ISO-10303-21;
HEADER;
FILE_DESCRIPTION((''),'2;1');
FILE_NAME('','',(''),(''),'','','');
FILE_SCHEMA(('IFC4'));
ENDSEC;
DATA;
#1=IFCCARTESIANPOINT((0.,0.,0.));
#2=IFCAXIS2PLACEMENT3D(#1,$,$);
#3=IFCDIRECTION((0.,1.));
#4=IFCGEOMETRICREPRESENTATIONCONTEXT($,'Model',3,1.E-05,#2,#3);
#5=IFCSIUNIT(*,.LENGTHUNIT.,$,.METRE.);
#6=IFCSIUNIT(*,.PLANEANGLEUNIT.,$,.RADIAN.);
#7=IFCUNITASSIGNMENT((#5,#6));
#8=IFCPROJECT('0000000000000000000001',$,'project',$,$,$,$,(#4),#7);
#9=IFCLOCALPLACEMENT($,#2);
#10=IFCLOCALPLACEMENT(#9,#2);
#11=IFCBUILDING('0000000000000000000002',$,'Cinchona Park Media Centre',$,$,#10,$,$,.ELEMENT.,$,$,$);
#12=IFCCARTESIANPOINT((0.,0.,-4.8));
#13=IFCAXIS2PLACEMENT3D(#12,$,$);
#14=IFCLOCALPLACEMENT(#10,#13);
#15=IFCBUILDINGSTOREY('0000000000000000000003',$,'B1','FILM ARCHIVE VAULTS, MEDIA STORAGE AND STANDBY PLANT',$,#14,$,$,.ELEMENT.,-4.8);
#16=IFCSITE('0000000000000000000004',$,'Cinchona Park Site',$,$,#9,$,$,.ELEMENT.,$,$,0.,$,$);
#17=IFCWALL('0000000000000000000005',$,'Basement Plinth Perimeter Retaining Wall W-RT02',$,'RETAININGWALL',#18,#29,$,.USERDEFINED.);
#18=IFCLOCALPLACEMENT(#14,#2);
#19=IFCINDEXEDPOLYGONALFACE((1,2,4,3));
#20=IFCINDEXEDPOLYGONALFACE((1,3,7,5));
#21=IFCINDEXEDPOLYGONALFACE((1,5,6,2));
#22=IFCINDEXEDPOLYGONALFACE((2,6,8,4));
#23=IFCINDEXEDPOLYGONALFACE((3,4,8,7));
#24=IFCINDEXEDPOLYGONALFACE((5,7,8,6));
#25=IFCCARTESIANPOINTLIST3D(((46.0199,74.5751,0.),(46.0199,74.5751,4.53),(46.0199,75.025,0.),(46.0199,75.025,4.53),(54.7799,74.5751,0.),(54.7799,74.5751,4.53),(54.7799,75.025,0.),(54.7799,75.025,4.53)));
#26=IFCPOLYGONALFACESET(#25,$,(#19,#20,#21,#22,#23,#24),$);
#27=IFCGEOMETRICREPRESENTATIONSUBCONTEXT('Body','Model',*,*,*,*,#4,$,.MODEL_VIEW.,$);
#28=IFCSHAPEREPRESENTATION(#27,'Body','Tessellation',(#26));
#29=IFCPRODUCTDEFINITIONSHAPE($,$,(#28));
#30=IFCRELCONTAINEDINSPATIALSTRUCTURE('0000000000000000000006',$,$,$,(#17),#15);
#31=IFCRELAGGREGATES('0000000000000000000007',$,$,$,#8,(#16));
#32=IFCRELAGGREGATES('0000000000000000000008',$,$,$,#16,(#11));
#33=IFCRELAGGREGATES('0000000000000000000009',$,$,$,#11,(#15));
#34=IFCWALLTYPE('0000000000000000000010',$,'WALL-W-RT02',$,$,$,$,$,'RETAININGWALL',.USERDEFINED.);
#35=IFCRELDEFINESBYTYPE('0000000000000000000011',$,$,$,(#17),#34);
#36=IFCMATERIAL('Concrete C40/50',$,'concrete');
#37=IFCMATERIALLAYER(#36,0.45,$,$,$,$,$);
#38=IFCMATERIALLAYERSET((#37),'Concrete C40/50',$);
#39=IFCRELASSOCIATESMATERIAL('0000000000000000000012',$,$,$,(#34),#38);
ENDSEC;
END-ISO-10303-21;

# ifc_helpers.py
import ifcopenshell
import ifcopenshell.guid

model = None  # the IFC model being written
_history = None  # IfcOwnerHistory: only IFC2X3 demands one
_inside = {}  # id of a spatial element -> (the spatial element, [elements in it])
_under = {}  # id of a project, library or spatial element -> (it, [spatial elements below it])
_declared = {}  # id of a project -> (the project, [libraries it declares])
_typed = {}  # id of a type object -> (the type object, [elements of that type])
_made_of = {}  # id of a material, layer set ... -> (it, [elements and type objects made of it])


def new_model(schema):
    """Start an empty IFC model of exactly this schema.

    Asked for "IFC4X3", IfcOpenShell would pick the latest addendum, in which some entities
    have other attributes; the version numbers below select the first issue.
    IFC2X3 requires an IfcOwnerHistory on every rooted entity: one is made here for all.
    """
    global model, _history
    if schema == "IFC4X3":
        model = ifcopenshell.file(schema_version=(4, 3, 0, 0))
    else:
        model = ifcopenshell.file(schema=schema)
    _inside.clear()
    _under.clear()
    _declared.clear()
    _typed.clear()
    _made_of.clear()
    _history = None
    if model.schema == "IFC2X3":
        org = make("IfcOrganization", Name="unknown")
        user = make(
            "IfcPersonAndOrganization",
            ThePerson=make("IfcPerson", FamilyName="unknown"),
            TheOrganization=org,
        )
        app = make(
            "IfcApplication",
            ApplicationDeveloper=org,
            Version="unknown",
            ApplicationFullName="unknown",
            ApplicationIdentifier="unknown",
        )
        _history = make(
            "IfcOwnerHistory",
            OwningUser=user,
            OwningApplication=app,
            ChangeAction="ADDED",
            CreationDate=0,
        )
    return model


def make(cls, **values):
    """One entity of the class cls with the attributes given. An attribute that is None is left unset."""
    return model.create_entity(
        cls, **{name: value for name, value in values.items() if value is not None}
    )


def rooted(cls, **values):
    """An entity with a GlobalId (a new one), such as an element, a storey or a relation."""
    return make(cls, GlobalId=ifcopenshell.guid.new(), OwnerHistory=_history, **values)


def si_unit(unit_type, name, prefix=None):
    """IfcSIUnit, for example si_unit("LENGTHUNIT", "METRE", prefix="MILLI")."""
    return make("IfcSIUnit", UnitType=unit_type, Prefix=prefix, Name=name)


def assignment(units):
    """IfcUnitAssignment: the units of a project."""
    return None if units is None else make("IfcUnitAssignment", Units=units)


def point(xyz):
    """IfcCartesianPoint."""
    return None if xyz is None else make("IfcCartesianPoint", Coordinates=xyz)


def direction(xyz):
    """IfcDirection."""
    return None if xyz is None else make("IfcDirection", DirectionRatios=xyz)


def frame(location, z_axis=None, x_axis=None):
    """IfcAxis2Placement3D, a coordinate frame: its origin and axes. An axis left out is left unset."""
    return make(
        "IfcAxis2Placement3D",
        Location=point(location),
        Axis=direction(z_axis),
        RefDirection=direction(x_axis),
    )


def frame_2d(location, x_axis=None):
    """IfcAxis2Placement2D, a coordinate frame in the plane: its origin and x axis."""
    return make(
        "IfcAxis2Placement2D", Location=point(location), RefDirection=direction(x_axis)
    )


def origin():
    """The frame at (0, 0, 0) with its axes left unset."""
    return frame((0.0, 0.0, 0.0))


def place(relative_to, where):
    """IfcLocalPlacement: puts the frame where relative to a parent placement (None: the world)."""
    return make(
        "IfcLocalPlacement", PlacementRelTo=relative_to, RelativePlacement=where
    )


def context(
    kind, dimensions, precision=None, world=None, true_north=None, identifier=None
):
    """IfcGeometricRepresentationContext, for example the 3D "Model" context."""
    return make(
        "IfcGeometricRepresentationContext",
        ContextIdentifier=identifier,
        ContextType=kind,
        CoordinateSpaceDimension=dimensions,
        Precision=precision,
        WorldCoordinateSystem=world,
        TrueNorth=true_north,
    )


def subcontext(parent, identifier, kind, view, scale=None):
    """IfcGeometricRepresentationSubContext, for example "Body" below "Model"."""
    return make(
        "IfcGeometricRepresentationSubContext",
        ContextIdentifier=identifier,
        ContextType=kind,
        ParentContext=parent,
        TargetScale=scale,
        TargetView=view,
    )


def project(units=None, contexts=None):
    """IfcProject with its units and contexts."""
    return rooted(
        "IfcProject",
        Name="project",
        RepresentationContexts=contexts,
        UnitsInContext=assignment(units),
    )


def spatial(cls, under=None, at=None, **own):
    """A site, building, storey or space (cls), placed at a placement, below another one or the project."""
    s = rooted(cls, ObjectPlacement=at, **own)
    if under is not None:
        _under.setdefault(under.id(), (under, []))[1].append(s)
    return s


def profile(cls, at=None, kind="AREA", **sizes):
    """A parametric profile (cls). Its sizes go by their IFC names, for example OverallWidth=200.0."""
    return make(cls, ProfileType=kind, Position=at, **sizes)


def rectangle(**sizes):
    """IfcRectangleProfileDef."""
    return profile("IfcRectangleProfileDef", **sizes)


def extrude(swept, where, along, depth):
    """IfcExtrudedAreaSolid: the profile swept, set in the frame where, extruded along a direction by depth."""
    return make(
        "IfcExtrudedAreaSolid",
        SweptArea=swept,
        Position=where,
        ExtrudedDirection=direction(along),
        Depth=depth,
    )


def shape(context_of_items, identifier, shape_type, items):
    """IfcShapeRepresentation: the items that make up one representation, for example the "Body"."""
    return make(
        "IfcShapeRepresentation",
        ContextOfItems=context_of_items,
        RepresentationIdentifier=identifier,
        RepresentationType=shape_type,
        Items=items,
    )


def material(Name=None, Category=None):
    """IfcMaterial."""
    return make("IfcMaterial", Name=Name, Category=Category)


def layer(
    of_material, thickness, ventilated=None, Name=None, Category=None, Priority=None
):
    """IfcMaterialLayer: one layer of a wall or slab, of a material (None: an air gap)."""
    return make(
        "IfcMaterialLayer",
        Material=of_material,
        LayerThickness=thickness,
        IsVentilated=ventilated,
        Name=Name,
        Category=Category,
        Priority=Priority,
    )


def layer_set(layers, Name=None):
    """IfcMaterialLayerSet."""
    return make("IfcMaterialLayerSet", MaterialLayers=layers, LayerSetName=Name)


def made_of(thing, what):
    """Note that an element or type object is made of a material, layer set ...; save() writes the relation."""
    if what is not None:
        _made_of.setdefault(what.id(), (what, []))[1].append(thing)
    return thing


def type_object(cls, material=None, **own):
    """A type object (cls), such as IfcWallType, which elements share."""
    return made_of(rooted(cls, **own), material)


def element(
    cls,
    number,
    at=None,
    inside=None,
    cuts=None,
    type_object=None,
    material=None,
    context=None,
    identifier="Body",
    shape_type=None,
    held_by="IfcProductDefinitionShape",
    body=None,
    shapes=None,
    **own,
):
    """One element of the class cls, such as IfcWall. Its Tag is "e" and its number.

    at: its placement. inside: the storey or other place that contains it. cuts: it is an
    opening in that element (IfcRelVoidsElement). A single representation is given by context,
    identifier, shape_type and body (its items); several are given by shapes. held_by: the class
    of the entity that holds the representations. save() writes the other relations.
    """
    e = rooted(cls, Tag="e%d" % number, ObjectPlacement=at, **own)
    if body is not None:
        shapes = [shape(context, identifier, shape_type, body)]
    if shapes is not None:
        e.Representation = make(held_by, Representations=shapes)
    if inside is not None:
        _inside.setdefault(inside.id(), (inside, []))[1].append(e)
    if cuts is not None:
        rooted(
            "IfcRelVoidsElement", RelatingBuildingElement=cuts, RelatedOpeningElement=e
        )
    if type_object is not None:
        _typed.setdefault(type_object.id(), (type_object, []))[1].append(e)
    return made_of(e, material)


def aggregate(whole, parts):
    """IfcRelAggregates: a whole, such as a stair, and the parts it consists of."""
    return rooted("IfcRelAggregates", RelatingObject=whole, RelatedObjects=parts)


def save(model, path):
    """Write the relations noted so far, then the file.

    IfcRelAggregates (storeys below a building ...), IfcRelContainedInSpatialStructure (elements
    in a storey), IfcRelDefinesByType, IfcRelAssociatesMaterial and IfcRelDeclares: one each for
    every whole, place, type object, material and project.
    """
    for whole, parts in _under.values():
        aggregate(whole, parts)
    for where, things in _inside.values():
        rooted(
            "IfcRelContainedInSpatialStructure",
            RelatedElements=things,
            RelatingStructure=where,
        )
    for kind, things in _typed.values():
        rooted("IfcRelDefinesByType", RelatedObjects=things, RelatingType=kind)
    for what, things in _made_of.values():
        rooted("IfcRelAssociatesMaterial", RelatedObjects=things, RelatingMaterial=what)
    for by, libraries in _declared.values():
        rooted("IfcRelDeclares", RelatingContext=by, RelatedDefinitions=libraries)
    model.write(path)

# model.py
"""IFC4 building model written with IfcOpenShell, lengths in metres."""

from ifc_helpers import new_model, si_unit, direction, frame, frame_2d, origin, place, context, subcontext, project, spatial, rectangle, extrude, material, layer, layer_set, type_object, element, save


model = new_model("IFC4")

# Units and contexts
model_context = context("Model", 3, precision=1e-05, world=origin(), true_north=direction((0.0, 1.0)))
body_context = subcontext(model_context, "Body", "Model", "MODEL_VIEW")
ifc_project = project(units=[si_unit("LENGTHUNIT", "METRE"), si_unit("PLANEANGLEUNIT", "RADIAN")], contexts=[model_context])

# Site, building, storey
site_placement = place(None, origin())
site = spatial("IfcSite", under=ifc_project, at=site_placement, Name="Cinchona Park Site", CompositionType="ELEMENT", RefElevation=0.0)
building_placement = place(site_placement, origin())
building = spatial("IfcBuilding", under=site, at=building_placement, Name="Cinchona Park Media Centre", CompositionType="ELEMENT")
storey_placement = place(building_placement, frame((0.0, 0.0, -4.8)))
storey = spatial("IfcBuildingStorey", under=building, at=storey_placement, Name="B1", Description="FILM ARCHIVE VAULTS, MEDIA STORAGE AND STANDBY PLANT", CompositionType="ELEMENT", Elevation=-4.8)

# Wall
ifc_material_1 = material(Name="Concrete C40/50", Category="concrete")
ifc_layer_1 = layer(ifc_material_1, 0.45)
ifc_layer_set_1 = layer_set([ifc_layer_1], Name="Concrete C40/50")
wall_type_1 = type_object("IfcWallType", Name="WALL-W-RT02", ElementType="RETAININGWALL", PredefinedType="USERDEFINED", material=ifc_layer_set_1)
wall_1_placement = place(storey_placement, frame((46.02, 74.8, 0.0), z_axis=(0.0, 0.0, 1.0), x_axis=(1.0, 0.0, 0.0)))
element("IfcWall", 1, at=wall_1_placement, inside=storey, type_object=wall_type_1, Name="Basement Plinth Perimeter Retaining Wall W-RT02", ObjectType="RETAININGWALL", PredefinedType="USERDEFINED", context=body_context, shape_type="SweptSolid", body=[
    extrude(rectangle(XDim=8.76, YDim=0.45, at=frame_2d((4.3799, 0.0))), origin(), (0.0, 0.0, 1.0), 4.53),
])

save(model, "model.ifc")
